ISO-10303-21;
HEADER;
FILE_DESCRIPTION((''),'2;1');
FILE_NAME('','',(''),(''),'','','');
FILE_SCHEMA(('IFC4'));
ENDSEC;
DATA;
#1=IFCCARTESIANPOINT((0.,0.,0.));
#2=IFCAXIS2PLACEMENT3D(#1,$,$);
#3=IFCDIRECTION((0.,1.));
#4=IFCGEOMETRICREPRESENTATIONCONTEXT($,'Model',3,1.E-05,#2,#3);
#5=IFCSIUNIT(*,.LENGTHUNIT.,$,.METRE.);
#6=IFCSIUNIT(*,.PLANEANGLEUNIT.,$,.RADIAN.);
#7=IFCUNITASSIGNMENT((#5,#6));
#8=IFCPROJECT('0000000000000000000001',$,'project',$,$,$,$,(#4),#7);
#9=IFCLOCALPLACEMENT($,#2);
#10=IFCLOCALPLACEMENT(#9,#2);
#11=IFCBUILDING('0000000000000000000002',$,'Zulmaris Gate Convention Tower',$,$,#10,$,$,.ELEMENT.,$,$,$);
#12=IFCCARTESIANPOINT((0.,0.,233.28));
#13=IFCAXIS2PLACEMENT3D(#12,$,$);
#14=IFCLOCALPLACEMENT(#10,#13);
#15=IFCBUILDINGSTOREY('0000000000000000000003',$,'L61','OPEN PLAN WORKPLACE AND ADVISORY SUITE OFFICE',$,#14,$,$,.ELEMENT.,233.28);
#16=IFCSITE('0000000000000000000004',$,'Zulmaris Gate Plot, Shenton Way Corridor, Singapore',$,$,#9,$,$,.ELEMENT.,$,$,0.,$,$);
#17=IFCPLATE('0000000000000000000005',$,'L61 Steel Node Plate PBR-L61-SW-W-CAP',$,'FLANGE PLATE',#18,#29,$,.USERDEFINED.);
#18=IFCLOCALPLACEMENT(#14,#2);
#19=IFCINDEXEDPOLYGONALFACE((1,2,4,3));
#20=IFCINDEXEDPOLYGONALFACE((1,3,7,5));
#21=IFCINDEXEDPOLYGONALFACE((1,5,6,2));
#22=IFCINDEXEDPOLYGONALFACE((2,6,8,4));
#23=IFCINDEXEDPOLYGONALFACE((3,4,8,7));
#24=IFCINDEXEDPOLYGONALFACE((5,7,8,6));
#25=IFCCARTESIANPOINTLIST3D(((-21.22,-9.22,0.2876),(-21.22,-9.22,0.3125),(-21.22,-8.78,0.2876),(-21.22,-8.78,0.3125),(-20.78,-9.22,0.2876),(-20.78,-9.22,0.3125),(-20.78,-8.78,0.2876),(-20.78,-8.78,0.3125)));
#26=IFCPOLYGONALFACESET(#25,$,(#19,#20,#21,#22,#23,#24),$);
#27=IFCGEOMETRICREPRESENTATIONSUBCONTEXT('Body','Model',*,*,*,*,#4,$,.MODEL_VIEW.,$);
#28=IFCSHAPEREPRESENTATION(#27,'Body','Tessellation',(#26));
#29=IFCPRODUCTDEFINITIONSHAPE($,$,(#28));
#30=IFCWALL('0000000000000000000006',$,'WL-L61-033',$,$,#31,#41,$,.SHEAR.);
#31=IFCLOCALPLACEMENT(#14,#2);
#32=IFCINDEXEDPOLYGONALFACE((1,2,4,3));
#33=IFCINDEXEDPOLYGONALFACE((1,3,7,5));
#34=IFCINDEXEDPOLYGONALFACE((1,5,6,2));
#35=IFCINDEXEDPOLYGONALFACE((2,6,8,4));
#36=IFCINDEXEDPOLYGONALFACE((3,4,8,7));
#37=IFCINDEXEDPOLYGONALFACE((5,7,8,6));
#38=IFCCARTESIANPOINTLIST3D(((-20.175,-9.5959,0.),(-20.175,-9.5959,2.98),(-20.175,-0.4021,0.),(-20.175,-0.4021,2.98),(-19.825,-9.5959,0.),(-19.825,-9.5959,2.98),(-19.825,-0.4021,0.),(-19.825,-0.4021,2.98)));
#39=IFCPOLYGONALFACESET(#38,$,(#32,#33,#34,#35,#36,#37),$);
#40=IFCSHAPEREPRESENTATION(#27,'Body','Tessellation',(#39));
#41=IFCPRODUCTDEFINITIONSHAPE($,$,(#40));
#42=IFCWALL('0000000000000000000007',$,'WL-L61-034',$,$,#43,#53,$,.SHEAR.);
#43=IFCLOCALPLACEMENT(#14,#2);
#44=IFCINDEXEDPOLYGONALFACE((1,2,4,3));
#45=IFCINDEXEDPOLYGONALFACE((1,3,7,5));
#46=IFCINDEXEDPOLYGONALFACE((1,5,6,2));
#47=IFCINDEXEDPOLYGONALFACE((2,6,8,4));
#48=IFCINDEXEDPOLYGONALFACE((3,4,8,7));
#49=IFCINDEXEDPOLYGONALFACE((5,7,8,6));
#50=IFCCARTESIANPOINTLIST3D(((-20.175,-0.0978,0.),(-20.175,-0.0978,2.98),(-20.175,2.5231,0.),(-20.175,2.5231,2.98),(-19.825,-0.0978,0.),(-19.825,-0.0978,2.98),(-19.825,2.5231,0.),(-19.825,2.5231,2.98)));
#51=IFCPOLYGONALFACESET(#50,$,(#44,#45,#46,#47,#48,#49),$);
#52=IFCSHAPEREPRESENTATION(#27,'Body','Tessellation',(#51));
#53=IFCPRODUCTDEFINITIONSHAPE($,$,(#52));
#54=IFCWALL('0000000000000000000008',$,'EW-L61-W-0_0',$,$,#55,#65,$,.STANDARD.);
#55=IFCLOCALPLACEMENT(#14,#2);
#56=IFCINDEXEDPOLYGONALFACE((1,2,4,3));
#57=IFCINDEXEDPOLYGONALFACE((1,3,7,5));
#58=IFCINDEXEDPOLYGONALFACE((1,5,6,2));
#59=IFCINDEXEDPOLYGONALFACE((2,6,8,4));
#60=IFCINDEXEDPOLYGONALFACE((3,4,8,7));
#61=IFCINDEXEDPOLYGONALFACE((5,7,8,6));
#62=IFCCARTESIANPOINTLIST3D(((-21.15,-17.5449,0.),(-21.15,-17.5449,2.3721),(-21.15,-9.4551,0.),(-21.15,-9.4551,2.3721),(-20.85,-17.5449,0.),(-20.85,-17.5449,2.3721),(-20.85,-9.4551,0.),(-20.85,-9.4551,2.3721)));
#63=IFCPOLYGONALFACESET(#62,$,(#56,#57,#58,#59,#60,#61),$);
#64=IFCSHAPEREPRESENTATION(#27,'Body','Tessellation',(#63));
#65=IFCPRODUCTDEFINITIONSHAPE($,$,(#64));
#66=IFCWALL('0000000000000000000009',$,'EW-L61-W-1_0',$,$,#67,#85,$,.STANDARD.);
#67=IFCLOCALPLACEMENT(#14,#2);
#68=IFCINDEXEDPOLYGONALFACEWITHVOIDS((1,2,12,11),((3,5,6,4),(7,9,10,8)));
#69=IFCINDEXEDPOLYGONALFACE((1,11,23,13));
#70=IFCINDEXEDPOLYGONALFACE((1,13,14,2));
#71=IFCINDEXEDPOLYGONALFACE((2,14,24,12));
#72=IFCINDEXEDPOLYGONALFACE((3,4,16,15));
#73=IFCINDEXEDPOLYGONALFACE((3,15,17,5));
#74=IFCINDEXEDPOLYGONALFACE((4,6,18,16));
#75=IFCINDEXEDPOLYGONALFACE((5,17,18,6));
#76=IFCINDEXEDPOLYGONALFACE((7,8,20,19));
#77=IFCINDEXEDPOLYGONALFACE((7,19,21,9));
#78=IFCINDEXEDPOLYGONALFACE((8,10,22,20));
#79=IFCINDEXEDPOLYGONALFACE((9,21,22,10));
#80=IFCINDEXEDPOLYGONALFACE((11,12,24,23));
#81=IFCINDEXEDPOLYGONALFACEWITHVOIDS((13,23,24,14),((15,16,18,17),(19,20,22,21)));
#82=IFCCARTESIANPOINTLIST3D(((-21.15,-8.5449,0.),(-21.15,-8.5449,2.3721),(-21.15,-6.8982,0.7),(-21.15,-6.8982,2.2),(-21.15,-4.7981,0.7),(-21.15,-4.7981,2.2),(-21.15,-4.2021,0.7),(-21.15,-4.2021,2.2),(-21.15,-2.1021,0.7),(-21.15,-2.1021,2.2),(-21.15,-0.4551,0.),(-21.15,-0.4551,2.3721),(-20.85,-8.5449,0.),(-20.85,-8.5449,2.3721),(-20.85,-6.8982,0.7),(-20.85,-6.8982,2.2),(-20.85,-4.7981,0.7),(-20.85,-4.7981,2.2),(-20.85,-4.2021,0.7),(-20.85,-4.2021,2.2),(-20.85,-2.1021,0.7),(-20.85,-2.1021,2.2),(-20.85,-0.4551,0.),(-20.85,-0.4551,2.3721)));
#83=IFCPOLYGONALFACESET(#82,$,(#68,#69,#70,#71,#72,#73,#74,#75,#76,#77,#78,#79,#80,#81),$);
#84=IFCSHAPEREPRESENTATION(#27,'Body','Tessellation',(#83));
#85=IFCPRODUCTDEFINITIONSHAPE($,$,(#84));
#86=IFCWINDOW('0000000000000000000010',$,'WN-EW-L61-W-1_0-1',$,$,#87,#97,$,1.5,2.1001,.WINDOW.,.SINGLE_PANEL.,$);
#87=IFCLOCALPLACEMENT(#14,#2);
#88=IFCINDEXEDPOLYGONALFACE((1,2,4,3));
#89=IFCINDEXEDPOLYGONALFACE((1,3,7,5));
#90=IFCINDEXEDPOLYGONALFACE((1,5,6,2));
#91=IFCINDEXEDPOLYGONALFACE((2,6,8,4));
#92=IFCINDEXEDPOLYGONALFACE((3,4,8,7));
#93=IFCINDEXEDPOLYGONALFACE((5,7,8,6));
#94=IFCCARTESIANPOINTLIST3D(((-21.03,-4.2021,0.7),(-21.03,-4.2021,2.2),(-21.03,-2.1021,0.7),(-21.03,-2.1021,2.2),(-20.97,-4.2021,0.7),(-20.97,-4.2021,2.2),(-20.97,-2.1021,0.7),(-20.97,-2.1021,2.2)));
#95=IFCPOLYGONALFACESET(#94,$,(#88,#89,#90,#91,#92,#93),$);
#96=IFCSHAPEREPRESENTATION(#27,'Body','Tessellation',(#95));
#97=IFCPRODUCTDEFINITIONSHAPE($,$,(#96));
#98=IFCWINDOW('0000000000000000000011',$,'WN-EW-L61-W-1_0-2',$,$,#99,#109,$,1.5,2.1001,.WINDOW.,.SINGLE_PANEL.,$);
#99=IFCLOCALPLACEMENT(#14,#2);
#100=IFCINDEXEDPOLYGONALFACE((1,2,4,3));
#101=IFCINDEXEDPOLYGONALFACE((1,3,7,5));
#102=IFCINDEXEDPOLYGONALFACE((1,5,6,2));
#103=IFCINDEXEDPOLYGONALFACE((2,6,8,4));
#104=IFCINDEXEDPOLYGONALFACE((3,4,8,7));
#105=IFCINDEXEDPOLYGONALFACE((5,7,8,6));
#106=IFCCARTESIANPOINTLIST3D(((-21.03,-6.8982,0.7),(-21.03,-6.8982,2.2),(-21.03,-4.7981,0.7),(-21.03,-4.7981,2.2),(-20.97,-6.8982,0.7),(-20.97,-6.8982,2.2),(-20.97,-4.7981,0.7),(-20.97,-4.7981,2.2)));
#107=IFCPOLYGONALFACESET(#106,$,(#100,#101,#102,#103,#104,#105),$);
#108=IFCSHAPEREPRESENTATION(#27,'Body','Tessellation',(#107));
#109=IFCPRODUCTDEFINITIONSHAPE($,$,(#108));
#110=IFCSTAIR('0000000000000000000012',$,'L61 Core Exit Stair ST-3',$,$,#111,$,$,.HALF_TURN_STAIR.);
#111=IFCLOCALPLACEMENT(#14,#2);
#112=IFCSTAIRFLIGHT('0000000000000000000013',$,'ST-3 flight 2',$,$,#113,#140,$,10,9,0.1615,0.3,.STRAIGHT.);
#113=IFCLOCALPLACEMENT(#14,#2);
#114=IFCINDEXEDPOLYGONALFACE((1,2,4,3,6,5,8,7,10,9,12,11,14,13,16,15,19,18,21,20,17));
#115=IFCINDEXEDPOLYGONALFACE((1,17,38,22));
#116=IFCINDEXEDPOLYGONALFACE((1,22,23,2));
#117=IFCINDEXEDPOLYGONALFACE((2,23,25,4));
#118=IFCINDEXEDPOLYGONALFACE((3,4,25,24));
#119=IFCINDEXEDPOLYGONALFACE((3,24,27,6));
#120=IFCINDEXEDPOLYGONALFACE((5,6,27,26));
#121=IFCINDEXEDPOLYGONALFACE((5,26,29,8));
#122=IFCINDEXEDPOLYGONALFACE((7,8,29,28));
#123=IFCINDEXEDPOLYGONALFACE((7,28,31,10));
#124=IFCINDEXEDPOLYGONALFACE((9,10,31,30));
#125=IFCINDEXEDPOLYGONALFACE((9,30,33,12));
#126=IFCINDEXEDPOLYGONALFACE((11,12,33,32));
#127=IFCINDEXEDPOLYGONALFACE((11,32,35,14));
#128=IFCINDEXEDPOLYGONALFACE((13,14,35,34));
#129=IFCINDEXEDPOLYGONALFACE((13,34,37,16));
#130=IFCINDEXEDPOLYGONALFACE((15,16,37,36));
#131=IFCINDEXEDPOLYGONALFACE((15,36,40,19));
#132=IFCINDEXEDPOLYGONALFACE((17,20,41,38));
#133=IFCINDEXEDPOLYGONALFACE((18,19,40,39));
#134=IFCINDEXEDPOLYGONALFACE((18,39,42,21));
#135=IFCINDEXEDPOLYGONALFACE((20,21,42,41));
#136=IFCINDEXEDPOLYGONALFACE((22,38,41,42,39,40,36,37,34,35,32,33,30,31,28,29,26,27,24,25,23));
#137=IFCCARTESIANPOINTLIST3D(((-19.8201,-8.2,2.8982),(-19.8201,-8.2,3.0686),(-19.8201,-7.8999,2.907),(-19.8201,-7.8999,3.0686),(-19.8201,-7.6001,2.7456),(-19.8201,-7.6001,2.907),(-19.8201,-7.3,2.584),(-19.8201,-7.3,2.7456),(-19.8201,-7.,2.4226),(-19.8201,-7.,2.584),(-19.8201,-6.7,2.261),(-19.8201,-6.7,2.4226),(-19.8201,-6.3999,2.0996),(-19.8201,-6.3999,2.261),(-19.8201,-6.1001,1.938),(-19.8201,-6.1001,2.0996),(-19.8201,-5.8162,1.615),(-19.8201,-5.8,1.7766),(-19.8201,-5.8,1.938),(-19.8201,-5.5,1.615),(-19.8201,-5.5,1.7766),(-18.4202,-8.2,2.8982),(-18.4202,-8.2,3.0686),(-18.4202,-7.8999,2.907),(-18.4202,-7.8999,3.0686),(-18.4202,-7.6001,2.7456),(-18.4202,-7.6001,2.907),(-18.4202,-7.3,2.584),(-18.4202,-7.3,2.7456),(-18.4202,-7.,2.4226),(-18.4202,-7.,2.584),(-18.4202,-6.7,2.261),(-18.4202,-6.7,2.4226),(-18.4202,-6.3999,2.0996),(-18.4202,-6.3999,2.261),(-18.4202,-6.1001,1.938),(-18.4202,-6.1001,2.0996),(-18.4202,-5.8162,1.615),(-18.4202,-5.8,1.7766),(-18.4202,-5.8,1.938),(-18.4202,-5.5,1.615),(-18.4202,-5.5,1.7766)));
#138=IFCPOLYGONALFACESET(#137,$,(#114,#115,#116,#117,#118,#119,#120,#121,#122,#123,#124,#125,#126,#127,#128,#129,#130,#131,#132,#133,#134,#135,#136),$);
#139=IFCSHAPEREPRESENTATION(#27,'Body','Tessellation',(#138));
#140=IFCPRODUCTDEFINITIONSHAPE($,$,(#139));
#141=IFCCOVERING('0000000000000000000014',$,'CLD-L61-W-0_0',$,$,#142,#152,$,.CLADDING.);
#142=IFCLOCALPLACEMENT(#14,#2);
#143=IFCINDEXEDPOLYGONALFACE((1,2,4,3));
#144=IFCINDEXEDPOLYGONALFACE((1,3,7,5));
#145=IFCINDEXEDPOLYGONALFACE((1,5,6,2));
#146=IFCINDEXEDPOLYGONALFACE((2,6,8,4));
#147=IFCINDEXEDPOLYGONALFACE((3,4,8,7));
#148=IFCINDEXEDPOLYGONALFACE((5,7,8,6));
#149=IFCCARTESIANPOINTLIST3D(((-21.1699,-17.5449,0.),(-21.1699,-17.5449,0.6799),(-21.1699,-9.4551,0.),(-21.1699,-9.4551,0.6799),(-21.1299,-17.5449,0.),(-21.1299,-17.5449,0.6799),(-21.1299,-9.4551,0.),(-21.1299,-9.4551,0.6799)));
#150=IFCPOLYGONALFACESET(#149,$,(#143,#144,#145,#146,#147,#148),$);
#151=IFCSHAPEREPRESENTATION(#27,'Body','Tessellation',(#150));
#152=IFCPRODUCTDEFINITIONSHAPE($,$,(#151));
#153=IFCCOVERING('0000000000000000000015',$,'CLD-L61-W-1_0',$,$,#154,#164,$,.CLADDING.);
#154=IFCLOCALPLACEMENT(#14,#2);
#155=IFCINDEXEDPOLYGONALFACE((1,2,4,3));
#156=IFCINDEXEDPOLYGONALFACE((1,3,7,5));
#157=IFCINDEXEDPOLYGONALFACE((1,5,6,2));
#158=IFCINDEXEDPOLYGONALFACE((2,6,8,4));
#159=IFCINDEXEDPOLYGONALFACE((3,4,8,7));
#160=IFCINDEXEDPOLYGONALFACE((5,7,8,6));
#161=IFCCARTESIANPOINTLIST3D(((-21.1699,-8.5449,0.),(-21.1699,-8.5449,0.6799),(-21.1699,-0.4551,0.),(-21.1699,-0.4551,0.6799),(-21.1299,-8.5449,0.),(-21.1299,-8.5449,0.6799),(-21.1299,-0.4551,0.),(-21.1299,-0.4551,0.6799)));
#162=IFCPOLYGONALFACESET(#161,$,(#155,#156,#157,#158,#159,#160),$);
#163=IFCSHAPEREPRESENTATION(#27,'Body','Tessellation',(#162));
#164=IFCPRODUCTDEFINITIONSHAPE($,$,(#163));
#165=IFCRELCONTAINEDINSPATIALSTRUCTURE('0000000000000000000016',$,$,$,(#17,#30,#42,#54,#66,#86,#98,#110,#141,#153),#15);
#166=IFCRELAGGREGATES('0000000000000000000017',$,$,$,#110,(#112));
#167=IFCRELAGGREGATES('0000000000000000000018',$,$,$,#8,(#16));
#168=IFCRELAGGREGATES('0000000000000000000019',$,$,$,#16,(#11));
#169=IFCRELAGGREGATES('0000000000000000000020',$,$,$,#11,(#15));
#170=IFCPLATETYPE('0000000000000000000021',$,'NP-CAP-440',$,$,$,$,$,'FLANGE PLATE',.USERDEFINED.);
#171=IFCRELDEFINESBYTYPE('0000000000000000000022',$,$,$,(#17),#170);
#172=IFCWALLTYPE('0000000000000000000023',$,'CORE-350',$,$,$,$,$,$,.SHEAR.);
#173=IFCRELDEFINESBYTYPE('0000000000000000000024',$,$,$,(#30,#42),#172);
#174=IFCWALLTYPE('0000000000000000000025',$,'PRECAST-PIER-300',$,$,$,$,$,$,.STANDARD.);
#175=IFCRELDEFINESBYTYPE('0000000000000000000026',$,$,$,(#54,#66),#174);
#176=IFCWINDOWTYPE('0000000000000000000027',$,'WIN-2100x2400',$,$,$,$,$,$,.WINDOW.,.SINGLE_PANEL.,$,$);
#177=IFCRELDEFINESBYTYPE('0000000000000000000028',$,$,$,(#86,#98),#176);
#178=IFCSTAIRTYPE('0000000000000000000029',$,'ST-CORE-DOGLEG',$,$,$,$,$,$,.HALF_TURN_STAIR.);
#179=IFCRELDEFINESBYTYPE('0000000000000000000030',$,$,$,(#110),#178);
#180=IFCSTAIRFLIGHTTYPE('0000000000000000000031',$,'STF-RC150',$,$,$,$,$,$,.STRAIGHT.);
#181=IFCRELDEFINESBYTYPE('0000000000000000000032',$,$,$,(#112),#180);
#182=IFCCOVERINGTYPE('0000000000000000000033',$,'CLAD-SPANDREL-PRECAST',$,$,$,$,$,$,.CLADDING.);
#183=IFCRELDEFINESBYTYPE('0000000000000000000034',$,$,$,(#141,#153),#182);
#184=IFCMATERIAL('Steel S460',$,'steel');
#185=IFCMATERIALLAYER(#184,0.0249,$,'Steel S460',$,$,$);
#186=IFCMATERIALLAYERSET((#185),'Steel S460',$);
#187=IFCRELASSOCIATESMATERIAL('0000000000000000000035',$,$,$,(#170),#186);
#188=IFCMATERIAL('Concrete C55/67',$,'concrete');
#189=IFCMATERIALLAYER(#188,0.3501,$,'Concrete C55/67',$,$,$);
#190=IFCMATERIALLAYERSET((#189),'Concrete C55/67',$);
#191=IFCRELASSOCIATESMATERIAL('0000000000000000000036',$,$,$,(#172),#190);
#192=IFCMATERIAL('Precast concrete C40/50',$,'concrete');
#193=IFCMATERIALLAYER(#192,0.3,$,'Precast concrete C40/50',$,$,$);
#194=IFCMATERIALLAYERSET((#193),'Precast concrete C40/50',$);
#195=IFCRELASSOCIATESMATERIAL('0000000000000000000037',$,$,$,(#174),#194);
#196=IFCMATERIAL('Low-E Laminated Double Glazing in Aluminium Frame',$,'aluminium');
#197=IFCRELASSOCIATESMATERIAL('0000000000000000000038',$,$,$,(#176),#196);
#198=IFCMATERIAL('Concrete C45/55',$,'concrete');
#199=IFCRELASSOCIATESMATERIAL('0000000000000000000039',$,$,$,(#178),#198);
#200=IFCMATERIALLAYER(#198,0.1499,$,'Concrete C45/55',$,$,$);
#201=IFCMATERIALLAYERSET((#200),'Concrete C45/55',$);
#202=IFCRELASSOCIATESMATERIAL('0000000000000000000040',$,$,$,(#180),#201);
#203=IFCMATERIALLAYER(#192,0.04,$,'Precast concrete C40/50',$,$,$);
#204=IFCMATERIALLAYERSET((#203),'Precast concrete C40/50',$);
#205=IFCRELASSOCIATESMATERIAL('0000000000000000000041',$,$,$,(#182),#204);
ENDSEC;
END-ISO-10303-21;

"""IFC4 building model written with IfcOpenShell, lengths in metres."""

from ifc_helpers import new_model, si_unit, direction, frame, frame_2d, origin, origin_2d, place, context, subcontext, project, spatial, polyline, rectangle, outline, extrude, material, layer, layer_set, type_object, element, fill, aggregate, save


model = new_model("IFC4")

# Units and contexts
model_context = context("Model", 3, precision=1e-05, world=origin(), true_north=direction((0.0, 1.0)))
body_context = subcontext(model_context, "Body", "Model", "MODEL_VIEW")
ifc_project = project(units=[si_unit("LENGTHUNIT", "METRE"), si_unit("PLANEANGLEUNIT", "RADIAN")], contexts=[model_context])

# Site, building, storey
site_placement = place(None, origin())
site = spatial("IfcSite", under=ifc_project, at=site_placement, Name="Zulmaris Gate Plot, Shenton Way Corridor, Singapore", CompositionType="ELEMENT", RefElevation=0.0)
building_placement = place(site_placement, origin())
building = spatial("IfcBuilding", under=site, at=building_placement, Name="Zulmaris Gate Convention Tower", CompositionType="ELEMENT")
storey_placement = place(building_placement, frame((0.0, 0.0, 233.28)))
storey = spatial("IfcBuildingStorey", under=building, at=storey_placement, Name="L61", Description="OPEN PLAN WORKPLACE AND ADVISORY SUITE OFFICE", CompositionType="ELEMENT", Elevation=233.28)

# Plate
ifc_material_1 = material(Name="Steel S460", Category="steel")
ifc_layer_1 = layer(ifc_material_1, 0.0249, Name="Steel S460")
ifc_layer_set_1 = layer_set([ifc_layer_1], Name="Steel S460")
plate_type = type_object("IfcPlateType", Name="NP-CAP-440", ElementType="FLANGE PLATE", PredefinedType="USERDEFINED", material=ifc_layer_set_1)
plate_placement = place(storey_placement, frame((-21.0, -9.0, 0.2876), z_axis=(0.0, 0.0, 1.0), x_axis=(1.0, 0.0, 0.0)))
element("IfcPlate", 1, at=plate_placement, inside=storey, type_object=plate_type, Name="L61 Steel Node Plate PBR-L61-SW-W-CAP", ObjectType="FLANGE PLATE", PredefinedType="USERDEFINED", context=body_context, shape_type="SweptSolid", body=[
    extrude(rectangle(XDim=0.4399, YDim=0.4399, at=origin_2d()), origin(), (0.0, 0.0, 1.0), 0.0249),
])

# Walls
ifc_material_2 = material(Name="Concrete C55/67", Category="concrete")
ifc_layer_2 = layer(ifc_material_2, 0.3501, Name="Concrete C55/67")
ifc_layer_set_2 = layer_set([ifc_layer_2], Name="Concrete C55/67")
wall_type_1 = type_object("IfcWallType", Name="CORE-350", PredefinedType="SHEAR", material=ifc_layer_set_2)
wall_1_placement = place(storey_placement, frame((-20.0, -9.5959, 0.0), z_axis=(0.0, 0.0, 1.0), x_axis=(0.0, 1.0, 0.0)))
element("IfcWall", 2, at=wall_1_placement, inside=storey, type_object=wall_type_1, Name="WL-L61-033", PredefinedType="SHEAR", context=body_context, shape_type="SweptSolid", body=[
    extrude(rectangle(XDim=9.1938, YDim=0.3501, at=frame_2d((4.5969, 0.0))), origin(), (0.0, 0.0, 1.0), 2.98),
])
wall_2_placement = place(storey_placement, frame((-20.0, -0.0979, 0.0), z_axis=(0.0, 0.0, 1.0), x_axis=(0.0, 1.0, 0.0)))
element("IfcWall", 3, at=wall_2_placement, inside=storey, type_object=wall_type_1, Name="WL-L61-034", PredefinedType="SHEAR", context=body_context, shape_type="SweptSolid", body=[
    extrude(rectangle(XDim=2.6208, YDim=0.3501, at=frame_2d((1.3105, 0.0))), origin(), (0.0, 0.0, 1.0), 2.98),
])
ifc_material_3 = material(Name="Precast concrete C40/50", Category="concrete")
ifc_layer_3 = layer(ifc_material_3, 0.3, Name="Precast concrete C40/50")
ifc_layer_set_3 = layer_set([ifc_layer_3], Name="Precast concrete C40/50")
wall_type_2 = type_object("IfcWallType", Name="PRECAST-PIER-300", PredefinedType="STANDARD", material=ifc_layer_set_3)
wall_3_placement = place(storey_placement, frame((-21.0, -9.4551, 0.0), z_axis=(0.0, 0.0, 1.0), x_axis=(0.0, -1.0, 0.0)))
element("IfcWall", 4, at=wall_3_placement, inside=storey, type_object=wall_type_2, Name="EW-L61-W-0_0", PredefinedType="STANDARD", context=body_context, shape_type="SweptSolid", body=[
    extrude(rectangle(XDim=8.0898, YDim=0.3, at=frame_2d((4.0449, 0.0))), origin(), (0.0, 0.0, 1.0), 2.3721),
])

# Wall, openings, windows
wall_4_placement = place(storey_placement, frame((-21.0, -0.4551, 0.0), z_axis=(0.0, 0.0, 1.0), x_axis=(0.0, -1.0, 0.0)))
wall_4 = element("IfcWall", 5, at=wall_4_placement, inside=storey, type_object=wall_type_2, Name="EW-L61-W-1_0", PredefinedType="STANDARD", context=body_context, shape_type="SweptSolid", body=[
    extrude(rectangle(XDim=8.0898, YDim=0.3, at=frame_2d((4.0449, 0.0))), origin(), (0.0, 0.0, 1.0), 2.3721),
])
opening_1_placement = place(wall_4_placement, frame((1.647, 0.0, 0.7)))
opening_1 = element("IfcOpeningElement", 6, at=opening_1_placement, cuts=wall_4, PredefinedType="OPENING", context=body_context, shape_type="SweptSolid", body=[
    extrude(rectangle(XDim=2.1001, YDim=1.5, at=frame_2d((1.05, 0.75))), frame((0.0, 0.1602, 0.0), z_axis=(0.0, -1.0, 0.0), x_axis=(1.0, 0.0, 0.0)), (0.0, 0.0, 1.0), 0.3201),
])
opening_2_placement = place(wall_4_placement, frame((4.343, 0.0, 0.7)))
opening_2 = element("IfcOpeningElement", 7, at=opening_2_placement, cuts=wall_4, PredefinedType="OPENING", context=body_context, shape_type="SweptSolid", body=[
    extrude(rectangle(XDim=2.1001, YDim=1.5, at=frame_2d((1.05, 0.75))), frame((0.0, 0.1602, 0.0), z_axis=(0.0, -1.0, 0.0), x_axis=(1.0, 0.0, 0.0)), (0.0, 0.0, 1.0), 0.3201),
])
ifc_material_4 = material(Name="Low-E Laminated Double Glazing in Aluminium Frame", Category="aluminium")
window_type = type_object("IfcWindowType", Name="WIN-2100x2400", PartitioningType="SINGLE_PANEL", PredefinedType="WINDOW", material=ifc_material_4)
window_1_placement = place(opening_1_placement, origin())
window_1 = element("IfcWindow", 8, at=window_1_placement, inside=storey, type_object=window_type, Name="WN-EW-L61-W-1_0-1", OverallHeight=1.5, OverallWidth=2.1001, PartitioningType="SINGLE_PANEL", PredefinedType="WINDOW", context=body_context, shape_type="SweptSolid", body=[
    extrude(rectangle(XDim=2.1001, YDim=1.5, at=frame_2d((1.05, 0.75))), frame((0.0, 0.03, 0.0), z_axis=(0.0, -1.0, 0.0), x_axis=(1.0, 0.0, 0.0)), (0.0, 0.0, 1.0), 0.0601),
])
fill(opening_1, window_1)
window_2_placement = place(opening_2_placement, origin())
window_2 = element("IfcWindow", 9, at=window_2_placement, inside=storey, type_object=window_type, Name="WN-EW-L61-W-1_0-2", OverallHeight=1.5, OverallWidth=2.1001, PartitioningType="SINGLE_PANEL", PredefinedType="WINDOW", context=body_context, shape_type="SweptSolid", body=[
    extrude(rectangle(XDim=2.1001, YDim=1.5, at=frame_2d((1.05, 0.75))), frame((0.0, 0.03, 0.0), z_axis=(0.0, -1.0, 0.0), x_axis=(1.0, 0.0, 0.0)), (0.0, 0.0, 1.0), 0.0601),
])
fill(opening_2, window_2)

# Stair, stair flight
ifc_material_5 = material(Name="Concrete C45/55", Category="concrete")
stair_type = type_object("IfcStairType", Name="ST-CORE-DOGLEG", PredefinedType="HALF_TURN_STAIR", material=ifc_material_5)
stair_placement = place(storey_placement, origin())
stair = element("IfcStair", 10, at=stair_placement, inside=storey, type_object=stair_type, Name="L61 Core Exit Stair ST-3", PredefinedType="HALF_TURN_STAIR")
ifc_layer_4 = layer(ifc_material_5, 0.1499, Name="Concrete C45/55")
ifc_layer_set_4 = layer_set([ifc_layer_4], Name="Concrete C45/55")
stair_flight_type = type_object("IfcStairFlightType", Name="STF-RC150", PredefinedType="STRAIGHT", material=ifc_layer_set_4)
stair_flight_placement = place(storey_placement, frame((-19.1201, -5.5, 1.615), z_axis=(0.0, 0.0, 1.0), x_axis=(0.0, -1.0, 0.0)))
stair_flight = element("IfcStairFlight", 11, at=stair_flight_placement, type_object=stair_flight_type, Name="ST-3 flight 2", NumberOfRisers=10, NumberOfTreads=9, PredefinedType="STRAIGHT", RiserHeight=0.1615, TreadLength=0.3, context=body_context, shape_type="SweptSolid", body=[
    extrude(outline(polyline([(0.0, 0.0), (0.0, 0.1616), (0.3, 0.1616), (0.3, 0.323), (0.6001, 0.323), (0.6001, 0.4846), (0.8999, 0.4846), (0.8999, 0.646), (1.2, 0.646), (1.2, 0.8076), (1.5, 0.8076), (1.5, 0.969), (1.8, 0.969), (1.8, 1.1306), (2.1001, 1.1306), (2.1001, 1.292), (2.3999, 1.292), (2.3999, 1.4536), (2.7, 1.4536), (2.7, 1.615), (2.7, 1.2832), (0.3162, 0.0), (0.0, 0.0)])), frame((0.0, 0.7, 0.0), z_axis=(0.0, -1.0, 0.0), x_axis=(1.0, 0.0, 0.0)), (0.0, 0.0, 1.0), 1.3999),
])
aggregate(stair, [stair_flight])

# Coverings
ifc_layer_5 = layer(ifc_material_3, 0.04, Name="Precast concrete C40/50")
ifc_layer_set_5 = layer_set([ifc_layer_5], Name="Precast concrete C40/50")
covering_type = type_object("IfcCoveringType", Name="CLAD-SPANDREL-PRECAST", PredefinedType="CLADDING", material=ifc_layer_set_5)
for number, where, z_axis, x_axis, name in (
    (12, (-21.1499, -9.4551, 0.0), (0.0, 0.0, 1.0), (0.0, -1.0, 0.0), "CLD-L61-W-0_0"),
    (13, (-21.1499, -0.4551, 0.0), (0.0, 0.0, 1.0), (0.0, -1.0, 0.0), "CLD-L61-W-1_0"),
):
    element("IfcCovering", number, at=place(storey_placement, frame(where, z_axis=z_axis, x_axis=x_axis)), inside=storey, type_object=covering_type, Name=name, PredefinedType="CLADDING", context=body_context, shape_type="SweptSolid", body=[
        extrude(rectangle(XDim=8.0898, YDim=0.04, at=frame_2d((4.0449, 0.0))), origin(), (0.0, 0.0, 1.0), 0.6799),
    ])

save(model, "model.ifc")
